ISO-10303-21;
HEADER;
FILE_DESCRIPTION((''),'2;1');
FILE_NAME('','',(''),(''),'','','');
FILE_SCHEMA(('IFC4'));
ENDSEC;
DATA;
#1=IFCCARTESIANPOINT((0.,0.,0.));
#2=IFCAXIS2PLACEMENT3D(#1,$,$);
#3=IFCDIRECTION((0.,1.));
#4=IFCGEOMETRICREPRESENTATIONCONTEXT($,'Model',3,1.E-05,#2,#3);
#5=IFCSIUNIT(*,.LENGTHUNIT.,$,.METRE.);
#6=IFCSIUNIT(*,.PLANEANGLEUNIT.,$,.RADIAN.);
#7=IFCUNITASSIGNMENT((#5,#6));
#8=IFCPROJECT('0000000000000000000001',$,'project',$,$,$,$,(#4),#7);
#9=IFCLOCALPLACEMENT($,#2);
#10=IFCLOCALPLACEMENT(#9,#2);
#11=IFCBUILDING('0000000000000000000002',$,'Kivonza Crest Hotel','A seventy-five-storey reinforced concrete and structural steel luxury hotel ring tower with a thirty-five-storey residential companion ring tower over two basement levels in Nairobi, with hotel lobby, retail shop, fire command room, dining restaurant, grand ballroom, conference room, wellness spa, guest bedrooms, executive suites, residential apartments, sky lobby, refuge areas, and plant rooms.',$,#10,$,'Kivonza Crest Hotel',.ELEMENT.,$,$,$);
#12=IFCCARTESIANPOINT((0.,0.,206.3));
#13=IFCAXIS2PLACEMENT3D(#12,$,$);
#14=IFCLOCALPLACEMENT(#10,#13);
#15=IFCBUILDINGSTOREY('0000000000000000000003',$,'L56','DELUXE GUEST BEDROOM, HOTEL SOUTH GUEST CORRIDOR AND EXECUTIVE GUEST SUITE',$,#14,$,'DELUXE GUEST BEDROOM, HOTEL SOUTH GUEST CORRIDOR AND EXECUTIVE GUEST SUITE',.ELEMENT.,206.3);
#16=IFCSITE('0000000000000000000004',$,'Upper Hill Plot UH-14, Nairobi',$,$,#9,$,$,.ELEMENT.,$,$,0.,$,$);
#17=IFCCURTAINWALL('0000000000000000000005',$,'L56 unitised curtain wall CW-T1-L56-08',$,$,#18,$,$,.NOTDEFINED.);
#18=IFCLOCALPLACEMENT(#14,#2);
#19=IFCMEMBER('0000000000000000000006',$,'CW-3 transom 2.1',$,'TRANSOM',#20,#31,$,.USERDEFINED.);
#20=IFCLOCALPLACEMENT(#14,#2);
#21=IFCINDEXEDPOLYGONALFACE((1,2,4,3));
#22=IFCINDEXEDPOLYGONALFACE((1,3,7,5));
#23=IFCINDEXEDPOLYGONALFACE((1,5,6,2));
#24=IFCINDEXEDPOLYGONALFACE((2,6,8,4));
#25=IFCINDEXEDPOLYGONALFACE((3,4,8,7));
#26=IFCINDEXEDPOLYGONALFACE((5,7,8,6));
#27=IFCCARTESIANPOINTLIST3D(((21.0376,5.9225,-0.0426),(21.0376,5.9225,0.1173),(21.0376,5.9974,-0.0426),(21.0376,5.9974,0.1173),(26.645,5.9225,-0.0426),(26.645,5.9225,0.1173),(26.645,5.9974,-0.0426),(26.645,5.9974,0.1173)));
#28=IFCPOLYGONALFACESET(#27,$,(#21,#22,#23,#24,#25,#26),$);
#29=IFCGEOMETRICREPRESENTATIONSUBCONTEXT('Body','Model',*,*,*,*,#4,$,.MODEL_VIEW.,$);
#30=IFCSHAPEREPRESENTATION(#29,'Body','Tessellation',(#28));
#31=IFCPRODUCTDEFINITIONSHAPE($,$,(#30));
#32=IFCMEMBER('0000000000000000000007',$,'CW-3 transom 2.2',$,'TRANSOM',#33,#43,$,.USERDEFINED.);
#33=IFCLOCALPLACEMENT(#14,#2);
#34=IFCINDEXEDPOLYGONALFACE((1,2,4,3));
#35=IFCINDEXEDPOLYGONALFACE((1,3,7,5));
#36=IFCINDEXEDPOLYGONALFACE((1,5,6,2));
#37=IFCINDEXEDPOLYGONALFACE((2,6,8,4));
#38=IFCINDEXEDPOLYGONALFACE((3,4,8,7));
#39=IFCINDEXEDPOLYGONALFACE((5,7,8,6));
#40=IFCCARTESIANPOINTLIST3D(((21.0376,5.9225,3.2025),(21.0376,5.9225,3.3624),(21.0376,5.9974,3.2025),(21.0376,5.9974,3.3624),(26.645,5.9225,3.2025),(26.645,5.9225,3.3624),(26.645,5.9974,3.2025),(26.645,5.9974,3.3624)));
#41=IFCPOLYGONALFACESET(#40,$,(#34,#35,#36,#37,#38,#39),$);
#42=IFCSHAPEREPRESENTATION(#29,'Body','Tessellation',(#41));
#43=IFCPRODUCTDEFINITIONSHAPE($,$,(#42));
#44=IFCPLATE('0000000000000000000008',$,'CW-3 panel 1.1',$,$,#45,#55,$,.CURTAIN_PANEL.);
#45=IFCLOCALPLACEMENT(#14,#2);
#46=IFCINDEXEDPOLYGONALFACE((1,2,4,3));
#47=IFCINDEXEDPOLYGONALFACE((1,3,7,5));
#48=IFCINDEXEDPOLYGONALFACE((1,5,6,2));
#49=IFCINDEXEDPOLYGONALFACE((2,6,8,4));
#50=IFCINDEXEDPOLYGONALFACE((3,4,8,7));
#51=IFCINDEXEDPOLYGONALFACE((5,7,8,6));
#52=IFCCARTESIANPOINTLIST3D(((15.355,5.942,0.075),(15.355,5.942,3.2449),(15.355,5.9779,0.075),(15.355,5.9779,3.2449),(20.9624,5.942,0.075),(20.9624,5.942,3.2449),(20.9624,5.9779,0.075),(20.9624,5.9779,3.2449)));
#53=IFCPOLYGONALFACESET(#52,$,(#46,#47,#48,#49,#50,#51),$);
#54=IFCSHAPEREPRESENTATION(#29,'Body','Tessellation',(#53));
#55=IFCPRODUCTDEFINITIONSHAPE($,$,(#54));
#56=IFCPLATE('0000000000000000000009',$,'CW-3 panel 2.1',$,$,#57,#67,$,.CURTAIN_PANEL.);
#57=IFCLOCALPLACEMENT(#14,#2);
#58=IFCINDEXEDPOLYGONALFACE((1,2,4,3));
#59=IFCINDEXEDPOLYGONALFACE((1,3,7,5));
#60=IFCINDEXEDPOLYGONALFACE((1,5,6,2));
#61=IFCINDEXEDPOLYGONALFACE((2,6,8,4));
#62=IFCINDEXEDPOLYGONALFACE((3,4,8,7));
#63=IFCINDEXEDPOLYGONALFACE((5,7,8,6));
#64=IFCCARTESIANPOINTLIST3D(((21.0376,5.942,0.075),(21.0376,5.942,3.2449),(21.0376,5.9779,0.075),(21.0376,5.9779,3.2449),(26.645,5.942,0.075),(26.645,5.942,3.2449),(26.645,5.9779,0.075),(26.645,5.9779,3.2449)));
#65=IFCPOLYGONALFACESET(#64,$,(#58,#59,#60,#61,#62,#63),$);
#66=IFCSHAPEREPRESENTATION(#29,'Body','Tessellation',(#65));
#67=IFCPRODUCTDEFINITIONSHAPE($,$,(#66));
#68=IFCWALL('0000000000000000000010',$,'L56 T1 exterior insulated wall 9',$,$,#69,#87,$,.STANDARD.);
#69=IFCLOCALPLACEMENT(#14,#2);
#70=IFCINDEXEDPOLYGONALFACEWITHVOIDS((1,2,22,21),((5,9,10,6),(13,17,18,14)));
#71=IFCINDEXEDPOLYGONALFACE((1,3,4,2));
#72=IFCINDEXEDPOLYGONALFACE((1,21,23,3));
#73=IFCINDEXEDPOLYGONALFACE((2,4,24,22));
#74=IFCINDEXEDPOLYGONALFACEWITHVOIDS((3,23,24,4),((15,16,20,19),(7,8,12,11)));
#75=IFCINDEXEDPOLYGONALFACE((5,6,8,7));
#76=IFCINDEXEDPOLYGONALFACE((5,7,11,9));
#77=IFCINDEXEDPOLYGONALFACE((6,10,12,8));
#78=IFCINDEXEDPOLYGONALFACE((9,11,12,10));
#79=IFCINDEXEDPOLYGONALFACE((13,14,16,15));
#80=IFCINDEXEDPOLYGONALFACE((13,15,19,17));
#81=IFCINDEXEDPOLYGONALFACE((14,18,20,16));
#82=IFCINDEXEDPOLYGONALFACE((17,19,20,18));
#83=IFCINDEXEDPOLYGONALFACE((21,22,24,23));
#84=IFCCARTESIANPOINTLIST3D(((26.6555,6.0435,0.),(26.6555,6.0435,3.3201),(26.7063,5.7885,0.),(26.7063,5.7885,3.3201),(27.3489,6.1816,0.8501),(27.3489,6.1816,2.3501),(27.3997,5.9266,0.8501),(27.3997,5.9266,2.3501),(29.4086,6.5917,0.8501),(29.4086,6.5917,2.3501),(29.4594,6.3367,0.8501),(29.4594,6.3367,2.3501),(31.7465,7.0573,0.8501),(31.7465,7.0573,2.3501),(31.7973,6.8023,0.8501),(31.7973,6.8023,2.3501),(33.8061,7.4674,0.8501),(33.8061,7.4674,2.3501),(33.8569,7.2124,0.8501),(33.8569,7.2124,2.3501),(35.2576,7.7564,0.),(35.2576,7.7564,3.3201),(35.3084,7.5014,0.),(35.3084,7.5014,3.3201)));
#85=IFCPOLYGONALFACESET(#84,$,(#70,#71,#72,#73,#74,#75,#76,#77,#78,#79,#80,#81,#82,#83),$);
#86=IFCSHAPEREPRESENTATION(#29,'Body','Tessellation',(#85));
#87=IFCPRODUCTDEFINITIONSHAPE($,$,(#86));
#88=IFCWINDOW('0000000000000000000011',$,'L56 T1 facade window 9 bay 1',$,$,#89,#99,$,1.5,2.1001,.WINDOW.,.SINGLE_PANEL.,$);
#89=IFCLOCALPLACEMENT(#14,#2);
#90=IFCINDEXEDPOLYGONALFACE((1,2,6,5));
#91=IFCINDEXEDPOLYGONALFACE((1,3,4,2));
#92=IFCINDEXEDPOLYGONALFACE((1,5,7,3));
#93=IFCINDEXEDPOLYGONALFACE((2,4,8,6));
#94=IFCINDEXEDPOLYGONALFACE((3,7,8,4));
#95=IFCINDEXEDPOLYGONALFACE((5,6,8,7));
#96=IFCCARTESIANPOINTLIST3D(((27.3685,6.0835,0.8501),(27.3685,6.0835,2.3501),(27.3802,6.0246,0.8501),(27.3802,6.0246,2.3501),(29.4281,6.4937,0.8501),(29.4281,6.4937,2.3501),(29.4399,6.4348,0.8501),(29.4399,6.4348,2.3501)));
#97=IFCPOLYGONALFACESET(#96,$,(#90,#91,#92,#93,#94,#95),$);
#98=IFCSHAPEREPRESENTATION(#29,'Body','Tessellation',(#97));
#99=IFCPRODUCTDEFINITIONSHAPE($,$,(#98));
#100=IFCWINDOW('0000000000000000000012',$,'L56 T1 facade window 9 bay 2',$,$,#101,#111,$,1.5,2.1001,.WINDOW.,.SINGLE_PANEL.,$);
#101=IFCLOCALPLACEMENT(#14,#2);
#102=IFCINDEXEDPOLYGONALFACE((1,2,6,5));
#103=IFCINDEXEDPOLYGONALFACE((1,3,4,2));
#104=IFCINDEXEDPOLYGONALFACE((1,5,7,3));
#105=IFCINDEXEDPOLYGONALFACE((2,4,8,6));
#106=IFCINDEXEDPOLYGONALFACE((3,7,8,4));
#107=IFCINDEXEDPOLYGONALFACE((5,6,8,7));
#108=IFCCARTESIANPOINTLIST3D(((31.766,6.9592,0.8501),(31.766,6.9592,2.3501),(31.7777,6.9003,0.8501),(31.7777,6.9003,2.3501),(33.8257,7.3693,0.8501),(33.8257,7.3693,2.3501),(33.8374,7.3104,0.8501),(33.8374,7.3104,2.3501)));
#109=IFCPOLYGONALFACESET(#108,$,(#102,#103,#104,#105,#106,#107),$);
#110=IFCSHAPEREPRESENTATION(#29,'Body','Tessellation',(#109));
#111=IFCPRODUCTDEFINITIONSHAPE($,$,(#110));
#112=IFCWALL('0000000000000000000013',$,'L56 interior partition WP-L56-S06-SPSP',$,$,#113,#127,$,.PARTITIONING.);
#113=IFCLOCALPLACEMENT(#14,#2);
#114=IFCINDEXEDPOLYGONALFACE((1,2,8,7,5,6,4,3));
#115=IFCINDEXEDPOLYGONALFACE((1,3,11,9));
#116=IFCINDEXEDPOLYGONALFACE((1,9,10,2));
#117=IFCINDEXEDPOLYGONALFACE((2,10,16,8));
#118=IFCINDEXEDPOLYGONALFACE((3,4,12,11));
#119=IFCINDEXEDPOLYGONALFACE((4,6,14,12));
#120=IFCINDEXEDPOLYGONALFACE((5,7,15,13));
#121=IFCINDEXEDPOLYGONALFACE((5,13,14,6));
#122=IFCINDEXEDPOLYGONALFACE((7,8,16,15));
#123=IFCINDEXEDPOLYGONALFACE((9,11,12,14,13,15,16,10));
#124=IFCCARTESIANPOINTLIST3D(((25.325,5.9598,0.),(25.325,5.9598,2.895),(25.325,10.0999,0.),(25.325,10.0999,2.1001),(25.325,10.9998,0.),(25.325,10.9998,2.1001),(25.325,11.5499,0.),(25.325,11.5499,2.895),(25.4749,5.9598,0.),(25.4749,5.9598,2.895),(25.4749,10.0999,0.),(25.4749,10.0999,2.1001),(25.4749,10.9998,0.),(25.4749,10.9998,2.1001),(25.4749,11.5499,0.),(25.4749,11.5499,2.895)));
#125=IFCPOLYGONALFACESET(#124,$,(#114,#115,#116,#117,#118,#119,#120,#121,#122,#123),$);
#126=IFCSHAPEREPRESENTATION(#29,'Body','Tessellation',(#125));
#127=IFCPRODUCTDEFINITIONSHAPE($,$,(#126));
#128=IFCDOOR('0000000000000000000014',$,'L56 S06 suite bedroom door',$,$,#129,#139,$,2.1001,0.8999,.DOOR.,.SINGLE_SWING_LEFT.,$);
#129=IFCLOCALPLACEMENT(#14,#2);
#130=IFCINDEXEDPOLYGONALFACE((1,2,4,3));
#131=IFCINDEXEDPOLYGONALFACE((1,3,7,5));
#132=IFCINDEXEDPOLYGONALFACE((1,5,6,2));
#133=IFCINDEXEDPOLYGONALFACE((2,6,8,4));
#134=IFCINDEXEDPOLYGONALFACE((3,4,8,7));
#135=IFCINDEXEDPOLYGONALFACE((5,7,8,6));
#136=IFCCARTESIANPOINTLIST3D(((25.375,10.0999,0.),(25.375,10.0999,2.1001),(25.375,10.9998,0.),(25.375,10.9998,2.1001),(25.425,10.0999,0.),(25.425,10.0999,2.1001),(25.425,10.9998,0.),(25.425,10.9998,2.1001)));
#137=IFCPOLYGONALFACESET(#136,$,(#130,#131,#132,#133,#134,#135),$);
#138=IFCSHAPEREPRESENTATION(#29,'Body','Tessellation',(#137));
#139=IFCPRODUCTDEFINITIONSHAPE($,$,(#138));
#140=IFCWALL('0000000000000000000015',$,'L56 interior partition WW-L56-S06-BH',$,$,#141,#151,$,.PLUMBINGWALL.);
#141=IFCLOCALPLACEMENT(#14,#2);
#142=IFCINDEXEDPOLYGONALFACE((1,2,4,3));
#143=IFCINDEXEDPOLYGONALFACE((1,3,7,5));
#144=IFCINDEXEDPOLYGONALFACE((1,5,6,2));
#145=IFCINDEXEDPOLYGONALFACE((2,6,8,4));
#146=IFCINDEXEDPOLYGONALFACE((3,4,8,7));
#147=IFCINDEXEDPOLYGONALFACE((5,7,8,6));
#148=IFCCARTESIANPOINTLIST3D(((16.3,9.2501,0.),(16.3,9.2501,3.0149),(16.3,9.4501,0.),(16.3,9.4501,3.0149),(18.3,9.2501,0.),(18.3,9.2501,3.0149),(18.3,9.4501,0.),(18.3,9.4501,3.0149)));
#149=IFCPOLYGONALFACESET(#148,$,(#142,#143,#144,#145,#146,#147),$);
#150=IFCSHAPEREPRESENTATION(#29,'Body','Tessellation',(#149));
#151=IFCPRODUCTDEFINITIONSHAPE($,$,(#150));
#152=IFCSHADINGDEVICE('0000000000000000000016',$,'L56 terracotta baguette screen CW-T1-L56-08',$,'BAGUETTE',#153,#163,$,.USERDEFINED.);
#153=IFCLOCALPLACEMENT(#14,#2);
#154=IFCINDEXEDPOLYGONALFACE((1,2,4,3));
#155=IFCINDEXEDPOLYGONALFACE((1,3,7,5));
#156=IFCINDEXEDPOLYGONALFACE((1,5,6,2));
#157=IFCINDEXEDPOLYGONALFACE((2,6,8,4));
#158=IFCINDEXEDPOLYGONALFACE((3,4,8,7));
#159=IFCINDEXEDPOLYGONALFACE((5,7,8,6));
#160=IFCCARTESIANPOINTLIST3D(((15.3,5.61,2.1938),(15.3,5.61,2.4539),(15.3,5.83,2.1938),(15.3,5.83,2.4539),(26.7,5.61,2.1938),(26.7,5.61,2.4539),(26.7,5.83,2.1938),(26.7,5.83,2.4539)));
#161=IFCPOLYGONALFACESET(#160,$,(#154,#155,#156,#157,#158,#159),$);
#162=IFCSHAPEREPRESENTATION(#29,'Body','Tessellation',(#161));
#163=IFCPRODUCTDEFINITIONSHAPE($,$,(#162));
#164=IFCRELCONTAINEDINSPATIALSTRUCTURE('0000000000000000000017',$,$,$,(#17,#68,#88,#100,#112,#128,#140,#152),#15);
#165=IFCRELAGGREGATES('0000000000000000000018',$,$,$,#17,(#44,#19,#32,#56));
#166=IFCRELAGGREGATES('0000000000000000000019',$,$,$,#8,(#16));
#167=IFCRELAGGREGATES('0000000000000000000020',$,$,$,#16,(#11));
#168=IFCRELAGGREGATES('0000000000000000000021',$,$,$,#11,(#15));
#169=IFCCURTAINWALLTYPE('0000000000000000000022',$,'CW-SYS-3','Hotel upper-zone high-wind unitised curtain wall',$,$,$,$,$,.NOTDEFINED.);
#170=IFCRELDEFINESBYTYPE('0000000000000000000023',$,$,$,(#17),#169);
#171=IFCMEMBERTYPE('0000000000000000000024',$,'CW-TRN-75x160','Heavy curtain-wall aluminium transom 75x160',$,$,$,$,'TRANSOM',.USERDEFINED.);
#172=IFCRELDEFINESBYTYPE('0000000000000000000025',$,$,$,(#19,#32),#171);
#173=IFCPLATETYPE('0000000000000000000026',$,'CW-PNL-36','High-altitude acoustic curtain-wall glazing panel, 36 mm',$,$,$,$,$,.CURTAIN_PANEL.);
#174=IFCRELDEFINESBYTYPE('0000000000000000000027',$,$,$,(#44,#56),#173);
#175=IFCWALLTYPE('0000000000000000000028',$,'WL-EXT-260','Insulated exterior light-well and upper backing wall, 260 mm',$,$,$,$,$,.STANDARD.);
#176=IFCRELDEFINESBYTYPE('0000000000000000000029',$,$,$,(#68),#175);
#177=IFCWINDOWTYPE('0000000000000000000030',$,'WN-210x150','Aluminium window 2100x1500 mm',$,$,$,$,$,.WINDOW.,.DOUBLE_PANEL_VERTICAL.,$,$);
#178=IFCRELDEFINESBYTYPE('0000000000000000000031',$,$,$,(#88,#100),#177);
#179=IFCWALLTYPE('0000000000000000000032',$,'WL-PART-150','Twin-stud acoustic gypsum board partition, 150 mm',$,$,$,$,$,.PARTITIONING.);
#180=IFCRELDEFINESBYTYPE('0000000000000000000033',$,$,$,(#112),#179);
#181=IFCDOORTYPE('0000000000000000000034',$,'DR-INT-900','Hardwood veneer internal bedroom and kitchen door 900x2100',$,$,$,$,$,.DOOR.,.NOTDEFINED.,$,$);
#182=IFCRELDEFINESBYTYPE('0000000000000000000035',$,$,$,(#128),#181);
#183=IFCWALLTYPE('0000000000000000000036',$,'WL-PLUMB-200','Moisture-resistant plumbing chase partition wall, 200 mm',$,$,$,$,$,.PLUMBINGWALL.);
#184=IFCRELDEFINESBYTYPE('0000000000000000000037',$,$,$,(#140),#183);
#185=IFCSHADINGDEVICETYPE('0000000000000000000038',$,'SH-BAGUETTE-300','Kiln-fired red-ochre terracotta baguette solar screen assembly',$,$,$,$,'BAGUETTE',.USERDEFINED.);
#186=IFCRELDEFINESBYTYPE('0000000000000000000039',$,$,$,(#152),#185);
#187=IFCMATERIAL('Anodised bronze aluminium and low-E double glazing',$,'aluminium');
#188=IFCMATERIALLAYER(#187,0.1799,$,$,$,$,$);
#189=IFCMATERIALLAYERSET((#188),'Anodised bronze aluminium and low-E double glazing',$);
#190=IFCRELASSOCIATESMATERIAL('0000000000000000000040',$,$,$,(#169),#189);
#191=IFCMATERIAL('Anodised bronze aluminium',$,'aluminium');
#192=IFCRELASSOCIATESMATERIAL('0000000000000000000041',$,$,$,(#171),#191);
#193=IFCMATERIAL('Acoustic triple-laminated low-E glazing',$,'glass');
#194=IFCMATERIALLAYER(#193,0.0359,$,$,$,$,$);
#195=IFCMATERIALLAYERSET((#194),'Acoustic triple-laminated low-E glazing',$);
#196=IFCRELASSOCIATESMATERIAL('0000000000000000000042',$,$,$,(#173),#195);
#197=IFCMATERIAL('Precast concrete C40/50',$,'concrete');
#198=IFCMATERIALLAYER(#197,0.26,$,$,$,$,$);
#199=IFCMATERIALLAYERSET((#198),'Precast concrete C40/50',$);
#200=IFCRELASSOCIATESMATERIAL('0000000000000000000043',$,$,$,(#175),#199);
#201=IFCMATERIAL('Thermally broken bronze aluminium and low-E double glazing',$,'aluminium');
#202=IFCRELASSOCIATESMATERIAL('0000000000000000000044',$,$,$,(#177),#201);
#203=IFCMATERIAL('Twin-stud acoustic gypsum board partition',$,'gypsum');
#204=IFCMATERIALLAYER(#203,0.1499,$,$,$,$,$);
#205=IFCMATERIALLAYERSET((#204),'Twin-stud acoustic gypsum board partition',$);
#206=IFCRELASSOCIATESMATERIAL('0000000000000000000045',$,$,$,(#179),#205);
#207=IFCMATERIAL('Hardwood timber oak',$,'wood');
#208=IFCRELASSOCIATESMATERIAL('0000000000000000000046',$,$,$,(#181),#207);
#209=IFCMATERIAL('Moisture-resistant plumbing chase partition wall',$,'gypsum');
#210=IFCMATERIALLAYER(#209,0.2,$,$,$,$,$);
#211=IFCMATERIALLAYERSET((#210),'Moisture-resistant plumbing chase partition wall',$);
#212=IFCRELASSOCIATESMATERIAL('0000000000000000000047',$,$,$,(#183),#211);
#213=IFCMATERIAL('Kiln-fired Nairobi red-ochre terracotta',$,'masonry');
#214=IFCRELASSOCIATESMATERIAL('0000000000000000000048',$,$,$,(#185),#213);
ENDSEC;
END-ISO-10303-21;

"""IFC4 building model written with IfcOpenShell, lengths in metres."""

from ifc_helpers import new_model, si_unit, direction, frame, frame_2d, origin, origin_2d, place, context, subcontext, project, spatial, rectangle, extrude, material, layer, layer_set, material_profile, profile_set, type_object, element, fill, aggregate, save


model = new_model("IFC4")

# Units and contexts
model_context = context("Model", 3, precision=1e-05, world=origin(), true_north=direction((0.0, 1.0)))
body_context = subcontext(model_context, "Body", "Model", "MODEL_VIEW")
ifc_project = project(units=[si_unit("LENGTHUNIT", "METRE"), si_unit("PLANEANGLEUNIT", "RADIAN")], contexts=[model_context])

# Site, building, storey
site_placement = place(None, origin())
site = spatial("IfcSite", under=ifc_project, at=site_placement, Name="Upper Hill Plot UH-14, Nairobi", CompositionType="ELEMENT", RefElevation=0.0)
building_placement = place(site_placement, origin())
building = spatial("IfcBuilding", under=site, at=building_placement, Name="Kivonza Crest Hotel", Description="A seventy-five-storey reinforced concrete and structural steel luxury hotel ring tower with a thirty-five-storey residential companion ring tower over two basement levels in Nairobi, with hotel lobby, retail shop, fire command room, dining restaurant, grand ballroom, conference room, wellness spa, guest bedrooms, executive suites, residential apartments, sky lobby, refuge areas, and plant rooms.", LongName="Kivonza Crest Hotel", CompositionType="ELEMENT")
storey_placement = place(building_placement, frame((0.0, 0.0, 206.3)))
storey = spatial("IfcBuildingStorey", under=building, at=storey_placement, Name="L56", Description="DELUXE GUEST BEDROOM, HOTEL SOUTH GUEST CORRIDOR AND EXECUTIVE GUEST SUITE", LongName="DELUXE GUEST BEDROOM, HOTEL SOUTH GUEST CORRIDOR AND EXECUTIVE GUEST SUITE", CompositionType="ELEMENT", Elevation=206.3)

# Curtain wall, members, plates
ifc_material_1 = material(Name="Anodised bronze aluminium and low-E double glazing", Category="aluminium")
ifc_layer_1 = layer(ifc_material_1, 0.1799)
ifc_layer_set_1 = layer_set([ifc_layer_1], Name="Anodised bronze aluminium and low-E double glazing")
curtain_wall_type = type_object("IfcCurtainWallType", Name="CW-SYS-3", Description="Hotel upper-zone high-wind unitised curtain wall", PredefinedType="NOTDEFINED", material=ifc_layer_set_1)
curtain_wall_placement = place(storey_placement, origin())
curtain_wall = element("IfcCurtainWall", 1, at=curtain_wall_placement, inside=storey, type_object=curtain_wall_type, Name="L56 unitised curtain wall CW-T1-L56-08", PredefinedType="NOTDEFINED")
ifc_material_2 = material(Name="Anodised bronze aluminium", Category="aluminium")
ifc_material_profile_1 = material_profile(ifc_material_2, rectangle(XDim=0.075, YDim=0.1599, at=origin_2d()), Name="CW-T 75x160")
ifc_profile_set_1 = profile_set([ifc_material_profile_1], Name="Anodised bronze aluminium")
member_type_1 = type_object("IfcMemberType", Name="CW-TRN-75x160", Description="Heavy curtain-wall aluminium transom 75x160", ElementType="TRANSOM", PredefinedType="USERDEFINED", material=ifc_profile_set_1)
member_1_placement = place(storey_placement, frame((21.0376, 5.96, 0.0374), z_axis=(1.0, 0.0, 0.0), x_axis=(0.0, 1.0, 0.0)))
member_1 = element("IfcMember", 2, at=member_1_placement, type_object=member_type_1, Name="CW-3 transom 2.1", ObjectType="TRANSOM", PredefinedType="USERDEFINED", context=body_context, shape_type="SweptSolid", body=[
    extrude(rectangle(XDim=0.075, YDim=0.1599, at=origin_2d()), origin(), (0.0, 0.0, 1.0), 5.6074),
])
member_2_placement = place(storey_placement, frame((21.0376, 5.96, 3.2825), z_axis=(1.0, 0.0, 0.0), x_axis=(0.0, 1.0, 0.0)))
member_2 = element("IfcMember", 3, at=member_2_placement, type_object=member_type_1, Name="CW-3 transom 2.2", ObjectType="TRANSOM", PredefinedType="USERDEFINED", context=body_context, shape_type="SweptSolid", body=[
    extrude(rectangle(XDim=0.075, YDim=0.1599, at=origin_2d()), origin(), (0.0, 0.0, 1.0), 5.6074),
])
ifc_material_3 = material(Name="Acoustic triple-laminated low-E glazing", Category="glass")
ifc_layer_2 = layer(ifc_material_3, 0.0359)
ifc_layer_set_2 = layer_set([ifc_layer_2], Name="Acoustic triple-laminated low-E glazing")
plate_type = type_object("IfcPlateType", Name="CW-PNL-36", Description="High-altitude acoustic curtain-wall glazing panel, 36 mm", PredefinedType="CURTAIN_PANEL", material=ifc_layer_set_2)
plate_1_placement = place(storey_placement, frame((18.1587, 5.96, 0.075), z_axis=(0.0, 0.0, 1.0), x_axis=(1.0, 0.0, 0.0)))
plate_1 = element("IfcPlate", 4, at=plate_1_placement, type_object=plate_type, Name="CW-3 panel 1.1", PredefinedType="CURTAIN_PANEL", context=body_context, shape_type="SweptSolid", body=[
    extrude(rectangle(XDim=5.6074, YDim=0.0359, at=origin_2d()), origin(), (0.0, 0.0, 1.0), 3.1699),
])
plate_2_placement = place(storey_placement, frame((23.8413, 5.96, 0.075), z_axis=(0.0, 0.0, 1.0), x_axis=(1.0, 0.0, 0.0)))
plate_2 = element("IfcPlate", 5, at=plate_2_placement, type_object=plate_type, Name="CW-3 panel 2.1", PredefinedType="CURTAIN_PANEL", context=body_context, shape_type="SweptSolid", body=[
    extrude(rectangle(XDim=5.6074, YDim=0.0359, at=origin_2d()), origin(), (0.0, 0.0, 1.0), 3.1699),
])
aggregate(curtain_wall, [plate_1, member_1, member_2, plate_2])

# Wall, openings, windows
ifc_material_4 = material(Name="Precast concrete C40/50", Category="concrete")
ifc_layer_3 = layer(ifc_material_4, 0.26)
ifc_layer_set_3 = layer_set([ifc_layer_3], Name="Precast concrete C40/50")
wall_type_1 = type_object("IfcWallType", Name="WL-EXT-260", Description="Insulated exterior light-well and upper backing wall, 260 mm", PredefinedType="STANDARD", material=ifc_layer_set_3)
wall_1_placement = place(storey_placement, frame((26.6809, 5.916, 0.0), z_axis=(0.0, 0.0, 1.0), x_axis=(0.980745, 0.195292, 0.0)))
wall_1 = element("IfcWall", 6, at=wall_1_placement, inside=storey, type_object=wall_type_1, Name="L56 T1 exterior insulated wall 9", PredefinedType="STANDARD", context=body_context, shape_type="SweptSolid", body=[
    extrude(rectangle(XDim=8.771, YDim=0.26, at=frame_2d((4.3855, 0.0))), origin(), (0.0, 0.0, 1.0), 3.3201),
])
opening_1_placement = place(wall_1_placement, frame((0.707, 0.0, 0.8501)))
opening_1 = element("IfcOpeningElement", 7, at=opening_1_placement, cuts=wall_1, PredefinedType="OPENING", context=body_context, shape_type="SweptSolid", body=[
    extrude(rectangle(XDim=2.1001, YDim=1.5, at=frame_2d((1.05, 0.75))), frame((0.0, 0.1401, 0.0), z_axis=(0.0, -1.0, 0.0), x_axis=(1.0, 0.0, 0.0)), (0.0, 0.0, 1.0), 0.28),
])
opening_2_placement = place(wall_1_placement, frame((5.1909, 0.0, 0.8501)))
opening_2 = element("IfcOpeningElement", 8, at=opening_2_placement, cuts=wall_1, PredefinedType="OPENING", context=body_context, shape_type="SweptSolid", body=[
    extrude(rectangle(XDim=2.1001, YDim=1.5, at=frame_2d((1.05, 0.75))), frame((0.0, 0.1401, 0.0), z_axis=(0.0, -1.0, 0.0), x_axis=(1.0, 0.0, 0.0)), (0.0, 0.0, 1.0), 0.28),
])
ifc_material_5 = material(Name="Thermally broken bronze aluminium and low-E double glazing", Category="aluminium")
window_type = type_object("IfcWindowType", Name="WN-210x150", Description="Aluminium window 2100x1500 mm", PartitioningType="DOUBLE_PANEL_VERTICAL", PredefinedType="WINDOW", material=ifc_material_5)
window_1_placement = place(opening_1_placement, origin())
window_1 = element("IfcWindow", 9, at=window_1_placement, inside=storey, type_object=window_type, Name="L56 T1 facade window 9 bay 1", OverallHeight=1.5, OverallWidth=2.1001, PartitioningType="SINGLE_PANEL", PredefinedType="WINDOW", context=body_context, shape_type="SweptSolid", body=[
    extrude(rectangle(XDim=2.1001, YDim=1.5, at=frame_2d((1.05, 0.75))), frame((0.0, 0.03, 0.0), z_axis=(0.0, -1.0, 0.0), x_axis=(1.0, 0.0, 0.0)), (0.0, 0.0, 1.0), 0.0601),
])
fill(opening_1, window_1)
window_2_placement = place(opening_2_placement, origin())
window_2 = element("IfcWindow", 10, at=window_2_placement, inside=storey, type_object=window_type, Name="L56 T1 facade window 9 bay 2", OverallHeight=1.5, OverallWidth=2.1001, PartitioningType="SINGLE_PANEL", PredefinedType="WINDOW", context=body_context, shape_type="SweptSolid", body=[
    extrude(rectangle(XDim=2.1001, YDim=1.5, at=frame_2d((1.05, 0.75))), frame((0.0, 0.03, 0.0), z_axis=(0.0, -1.0, 0.0), x_axis=(1.0, 0.0, 0.0)), (0.0, 0.0, 1.0), 0.0601),
])
fill(opening_2, window_2)

# Wall, opening, door
ifc_material_6 = material(Name="Twin-stud acoustic gypsum board partition", Category="gypsum")
ifc_layer_4 = layer(ifc_material_6, 0.1499)
ifc_layer_set_4 = layer_set([ifc_layer_4], Name="Twin-stud acoustic gypsum board partition")
wall_type_2 = type_object("IfcWallType", Name="WL-PART-150", Description="Twin-stud acoustic gypsum board partition, 150 mm", PredefinedType="PARTITIONING", material=ifc_layer_set_4)
wall_2_placement = place(storey_placement, frame((25.3999, 5.96, 0.0), z_axis=(0.0, 0.0, 1.0), x_axis=(0.0, 1.0, 0.0)))
wall_2 = element("IfcWall", 11, at=wall_2_placement, inside=storey, type_object=wall_type_2, Name="L56 interior partition WP-L56-S06-SPSP", PredefinedType="PARTITIONING", context=body_context, shape_type="SweptSolid", body=[
    extrude(rectangle(XDim=5.5901, YDim=0.1499, at=frame_2d((2.7949, 0.0))), origin(), (0.0, 0.0, 1.0), 2.895),
])
opening_3_placement = place(wall_2_placement, frame((4.1399, 0.0, 0.0)))
opening_3 = element("IfcOpeningElement", 12, at=opening_3_placement, cuts=wall_2, PredefinedType="OPENING", context=body_context, shape_type="SweptSolid", body=[
    extrude(rectangle(XDim=0.8999, YDim=2.1001, at=frame_2d((0.45, 1.05))), frame((0.0, 0.085, 0.0), z_axis=(0.0, -1.0, 0.0), x_axis=(1.0, 0.0, 0.0)), (0.0, 0.0, 1.0), 0.1699),
])
ifc_material_7 = material(Name="Hardwood timber oak", Category="wood")
door_type = type_object("IfcDoorType", Name="DR-INT-900", Description="Hardwood veneer internal bedroom and kitchen door 900x2100", OperationType="NOTDEFINED", PredefinedType="DOOR", material=ifc_material_7)
door_placement = place(opening_3_placement, origin())
door = element("IfcDoor", 13, at=door_placement, inside=storey, type_object=door_type, Name="L56 S06 suite bedroom door", OperationType="SINGLE_SWING_LEFT", OverallHeight=2.1001, OverallWidth=0.8999, PredefinedType="DOOR", context=body_context, shape_type="SweptSolid", body=[
    extrude(rectangle(XDim=0.8999, YDim=2.1001, at=frame_2d((0.45, 1.05))), frame((0.0, 0.0249, 0.0), z_axis=(0.0, -1.0, 0.0), x_axis=(1.0, 0.0, 0.0)), (0.0, 0.0, 1.0), 0.05),
])
fill(opening_3, door)

# Wall
ifc_material_8 = material(Name="Moisture-resistant plumbing chase partition wall", Category="gypsum")
ifc_layer_5 = layer(ifc_material_8, 0.2)
ifc_layer_set_5 = layer_set([ifc_layer_5], Name="Moisture-resistant plumbing chase partition wall")
wall_type_3 = type_object("IfcWallType", Name="WL-PLUMB-200", Description="Moisture-resistant plumbing chase partition wall, 200 mm", PredefinedType="PLUMBINGWALL", material=ifc_layer_set_5)
wall_3_placement = place(storey_placement, frame((16.3, 9.3501, 0.0), z_axis=(0.0, 0.0, 1.0), x_axis=(1.0, 0.0, 0.0)))
element("IfcWall", 14, at=wall_3_placement, inside=storey, type_object=wall_type_3, Name="L56 interior partition WW-L56-S06-BH", PredefinedType="PLUMBINGWALL", context=body_context, shape_type="SweptSolid", body=[
    extrude(rectangle(XDim=2.0, YDim=0.2, at=frame_2d((1.0, 0.0))), origin(), (0.0, 0.0, 1.0), 3.0149),
])

# Shading device
ifc_material_9 = material(Name="Kiln-fired Nairobi red-ochre terracotta", Category="masonry")
shading_device_type_1 = type_object("IfcShadingDeviceType", Name="SH-BAGUETTE-300", Description="Kiln-fired red-ochre terracotta baguette solar screen assembly", ElementType="BAGUETTE", PredefinedType="USERDEFINED", material=ifc_material_9)
shading_device_placement = place(storey_placement, frame((21.0, 5.72, 2.1938), z_axis=(0.0, 0.0, 1.0), x_axis=(1.0, 0.0, 0.0)))
element("IfcShadingDevice", 15, at=shading_device_placement, inside=storey, type_object=shading_device_type_1, Name="L56 terracotta baguette screen CW-T1-L56-08", ObjectType="BAGUETTE", PredefinedType="USERDEFINED", context=body_context, shape_type="SweptSolid", body=[
    extrude(rectangle(XDim=11.3999, YDim=0.22, at=origin_2d()), origin(), (0.0, 0.0, 1.0), 0.26),
])

save(model, "model.ifc")
